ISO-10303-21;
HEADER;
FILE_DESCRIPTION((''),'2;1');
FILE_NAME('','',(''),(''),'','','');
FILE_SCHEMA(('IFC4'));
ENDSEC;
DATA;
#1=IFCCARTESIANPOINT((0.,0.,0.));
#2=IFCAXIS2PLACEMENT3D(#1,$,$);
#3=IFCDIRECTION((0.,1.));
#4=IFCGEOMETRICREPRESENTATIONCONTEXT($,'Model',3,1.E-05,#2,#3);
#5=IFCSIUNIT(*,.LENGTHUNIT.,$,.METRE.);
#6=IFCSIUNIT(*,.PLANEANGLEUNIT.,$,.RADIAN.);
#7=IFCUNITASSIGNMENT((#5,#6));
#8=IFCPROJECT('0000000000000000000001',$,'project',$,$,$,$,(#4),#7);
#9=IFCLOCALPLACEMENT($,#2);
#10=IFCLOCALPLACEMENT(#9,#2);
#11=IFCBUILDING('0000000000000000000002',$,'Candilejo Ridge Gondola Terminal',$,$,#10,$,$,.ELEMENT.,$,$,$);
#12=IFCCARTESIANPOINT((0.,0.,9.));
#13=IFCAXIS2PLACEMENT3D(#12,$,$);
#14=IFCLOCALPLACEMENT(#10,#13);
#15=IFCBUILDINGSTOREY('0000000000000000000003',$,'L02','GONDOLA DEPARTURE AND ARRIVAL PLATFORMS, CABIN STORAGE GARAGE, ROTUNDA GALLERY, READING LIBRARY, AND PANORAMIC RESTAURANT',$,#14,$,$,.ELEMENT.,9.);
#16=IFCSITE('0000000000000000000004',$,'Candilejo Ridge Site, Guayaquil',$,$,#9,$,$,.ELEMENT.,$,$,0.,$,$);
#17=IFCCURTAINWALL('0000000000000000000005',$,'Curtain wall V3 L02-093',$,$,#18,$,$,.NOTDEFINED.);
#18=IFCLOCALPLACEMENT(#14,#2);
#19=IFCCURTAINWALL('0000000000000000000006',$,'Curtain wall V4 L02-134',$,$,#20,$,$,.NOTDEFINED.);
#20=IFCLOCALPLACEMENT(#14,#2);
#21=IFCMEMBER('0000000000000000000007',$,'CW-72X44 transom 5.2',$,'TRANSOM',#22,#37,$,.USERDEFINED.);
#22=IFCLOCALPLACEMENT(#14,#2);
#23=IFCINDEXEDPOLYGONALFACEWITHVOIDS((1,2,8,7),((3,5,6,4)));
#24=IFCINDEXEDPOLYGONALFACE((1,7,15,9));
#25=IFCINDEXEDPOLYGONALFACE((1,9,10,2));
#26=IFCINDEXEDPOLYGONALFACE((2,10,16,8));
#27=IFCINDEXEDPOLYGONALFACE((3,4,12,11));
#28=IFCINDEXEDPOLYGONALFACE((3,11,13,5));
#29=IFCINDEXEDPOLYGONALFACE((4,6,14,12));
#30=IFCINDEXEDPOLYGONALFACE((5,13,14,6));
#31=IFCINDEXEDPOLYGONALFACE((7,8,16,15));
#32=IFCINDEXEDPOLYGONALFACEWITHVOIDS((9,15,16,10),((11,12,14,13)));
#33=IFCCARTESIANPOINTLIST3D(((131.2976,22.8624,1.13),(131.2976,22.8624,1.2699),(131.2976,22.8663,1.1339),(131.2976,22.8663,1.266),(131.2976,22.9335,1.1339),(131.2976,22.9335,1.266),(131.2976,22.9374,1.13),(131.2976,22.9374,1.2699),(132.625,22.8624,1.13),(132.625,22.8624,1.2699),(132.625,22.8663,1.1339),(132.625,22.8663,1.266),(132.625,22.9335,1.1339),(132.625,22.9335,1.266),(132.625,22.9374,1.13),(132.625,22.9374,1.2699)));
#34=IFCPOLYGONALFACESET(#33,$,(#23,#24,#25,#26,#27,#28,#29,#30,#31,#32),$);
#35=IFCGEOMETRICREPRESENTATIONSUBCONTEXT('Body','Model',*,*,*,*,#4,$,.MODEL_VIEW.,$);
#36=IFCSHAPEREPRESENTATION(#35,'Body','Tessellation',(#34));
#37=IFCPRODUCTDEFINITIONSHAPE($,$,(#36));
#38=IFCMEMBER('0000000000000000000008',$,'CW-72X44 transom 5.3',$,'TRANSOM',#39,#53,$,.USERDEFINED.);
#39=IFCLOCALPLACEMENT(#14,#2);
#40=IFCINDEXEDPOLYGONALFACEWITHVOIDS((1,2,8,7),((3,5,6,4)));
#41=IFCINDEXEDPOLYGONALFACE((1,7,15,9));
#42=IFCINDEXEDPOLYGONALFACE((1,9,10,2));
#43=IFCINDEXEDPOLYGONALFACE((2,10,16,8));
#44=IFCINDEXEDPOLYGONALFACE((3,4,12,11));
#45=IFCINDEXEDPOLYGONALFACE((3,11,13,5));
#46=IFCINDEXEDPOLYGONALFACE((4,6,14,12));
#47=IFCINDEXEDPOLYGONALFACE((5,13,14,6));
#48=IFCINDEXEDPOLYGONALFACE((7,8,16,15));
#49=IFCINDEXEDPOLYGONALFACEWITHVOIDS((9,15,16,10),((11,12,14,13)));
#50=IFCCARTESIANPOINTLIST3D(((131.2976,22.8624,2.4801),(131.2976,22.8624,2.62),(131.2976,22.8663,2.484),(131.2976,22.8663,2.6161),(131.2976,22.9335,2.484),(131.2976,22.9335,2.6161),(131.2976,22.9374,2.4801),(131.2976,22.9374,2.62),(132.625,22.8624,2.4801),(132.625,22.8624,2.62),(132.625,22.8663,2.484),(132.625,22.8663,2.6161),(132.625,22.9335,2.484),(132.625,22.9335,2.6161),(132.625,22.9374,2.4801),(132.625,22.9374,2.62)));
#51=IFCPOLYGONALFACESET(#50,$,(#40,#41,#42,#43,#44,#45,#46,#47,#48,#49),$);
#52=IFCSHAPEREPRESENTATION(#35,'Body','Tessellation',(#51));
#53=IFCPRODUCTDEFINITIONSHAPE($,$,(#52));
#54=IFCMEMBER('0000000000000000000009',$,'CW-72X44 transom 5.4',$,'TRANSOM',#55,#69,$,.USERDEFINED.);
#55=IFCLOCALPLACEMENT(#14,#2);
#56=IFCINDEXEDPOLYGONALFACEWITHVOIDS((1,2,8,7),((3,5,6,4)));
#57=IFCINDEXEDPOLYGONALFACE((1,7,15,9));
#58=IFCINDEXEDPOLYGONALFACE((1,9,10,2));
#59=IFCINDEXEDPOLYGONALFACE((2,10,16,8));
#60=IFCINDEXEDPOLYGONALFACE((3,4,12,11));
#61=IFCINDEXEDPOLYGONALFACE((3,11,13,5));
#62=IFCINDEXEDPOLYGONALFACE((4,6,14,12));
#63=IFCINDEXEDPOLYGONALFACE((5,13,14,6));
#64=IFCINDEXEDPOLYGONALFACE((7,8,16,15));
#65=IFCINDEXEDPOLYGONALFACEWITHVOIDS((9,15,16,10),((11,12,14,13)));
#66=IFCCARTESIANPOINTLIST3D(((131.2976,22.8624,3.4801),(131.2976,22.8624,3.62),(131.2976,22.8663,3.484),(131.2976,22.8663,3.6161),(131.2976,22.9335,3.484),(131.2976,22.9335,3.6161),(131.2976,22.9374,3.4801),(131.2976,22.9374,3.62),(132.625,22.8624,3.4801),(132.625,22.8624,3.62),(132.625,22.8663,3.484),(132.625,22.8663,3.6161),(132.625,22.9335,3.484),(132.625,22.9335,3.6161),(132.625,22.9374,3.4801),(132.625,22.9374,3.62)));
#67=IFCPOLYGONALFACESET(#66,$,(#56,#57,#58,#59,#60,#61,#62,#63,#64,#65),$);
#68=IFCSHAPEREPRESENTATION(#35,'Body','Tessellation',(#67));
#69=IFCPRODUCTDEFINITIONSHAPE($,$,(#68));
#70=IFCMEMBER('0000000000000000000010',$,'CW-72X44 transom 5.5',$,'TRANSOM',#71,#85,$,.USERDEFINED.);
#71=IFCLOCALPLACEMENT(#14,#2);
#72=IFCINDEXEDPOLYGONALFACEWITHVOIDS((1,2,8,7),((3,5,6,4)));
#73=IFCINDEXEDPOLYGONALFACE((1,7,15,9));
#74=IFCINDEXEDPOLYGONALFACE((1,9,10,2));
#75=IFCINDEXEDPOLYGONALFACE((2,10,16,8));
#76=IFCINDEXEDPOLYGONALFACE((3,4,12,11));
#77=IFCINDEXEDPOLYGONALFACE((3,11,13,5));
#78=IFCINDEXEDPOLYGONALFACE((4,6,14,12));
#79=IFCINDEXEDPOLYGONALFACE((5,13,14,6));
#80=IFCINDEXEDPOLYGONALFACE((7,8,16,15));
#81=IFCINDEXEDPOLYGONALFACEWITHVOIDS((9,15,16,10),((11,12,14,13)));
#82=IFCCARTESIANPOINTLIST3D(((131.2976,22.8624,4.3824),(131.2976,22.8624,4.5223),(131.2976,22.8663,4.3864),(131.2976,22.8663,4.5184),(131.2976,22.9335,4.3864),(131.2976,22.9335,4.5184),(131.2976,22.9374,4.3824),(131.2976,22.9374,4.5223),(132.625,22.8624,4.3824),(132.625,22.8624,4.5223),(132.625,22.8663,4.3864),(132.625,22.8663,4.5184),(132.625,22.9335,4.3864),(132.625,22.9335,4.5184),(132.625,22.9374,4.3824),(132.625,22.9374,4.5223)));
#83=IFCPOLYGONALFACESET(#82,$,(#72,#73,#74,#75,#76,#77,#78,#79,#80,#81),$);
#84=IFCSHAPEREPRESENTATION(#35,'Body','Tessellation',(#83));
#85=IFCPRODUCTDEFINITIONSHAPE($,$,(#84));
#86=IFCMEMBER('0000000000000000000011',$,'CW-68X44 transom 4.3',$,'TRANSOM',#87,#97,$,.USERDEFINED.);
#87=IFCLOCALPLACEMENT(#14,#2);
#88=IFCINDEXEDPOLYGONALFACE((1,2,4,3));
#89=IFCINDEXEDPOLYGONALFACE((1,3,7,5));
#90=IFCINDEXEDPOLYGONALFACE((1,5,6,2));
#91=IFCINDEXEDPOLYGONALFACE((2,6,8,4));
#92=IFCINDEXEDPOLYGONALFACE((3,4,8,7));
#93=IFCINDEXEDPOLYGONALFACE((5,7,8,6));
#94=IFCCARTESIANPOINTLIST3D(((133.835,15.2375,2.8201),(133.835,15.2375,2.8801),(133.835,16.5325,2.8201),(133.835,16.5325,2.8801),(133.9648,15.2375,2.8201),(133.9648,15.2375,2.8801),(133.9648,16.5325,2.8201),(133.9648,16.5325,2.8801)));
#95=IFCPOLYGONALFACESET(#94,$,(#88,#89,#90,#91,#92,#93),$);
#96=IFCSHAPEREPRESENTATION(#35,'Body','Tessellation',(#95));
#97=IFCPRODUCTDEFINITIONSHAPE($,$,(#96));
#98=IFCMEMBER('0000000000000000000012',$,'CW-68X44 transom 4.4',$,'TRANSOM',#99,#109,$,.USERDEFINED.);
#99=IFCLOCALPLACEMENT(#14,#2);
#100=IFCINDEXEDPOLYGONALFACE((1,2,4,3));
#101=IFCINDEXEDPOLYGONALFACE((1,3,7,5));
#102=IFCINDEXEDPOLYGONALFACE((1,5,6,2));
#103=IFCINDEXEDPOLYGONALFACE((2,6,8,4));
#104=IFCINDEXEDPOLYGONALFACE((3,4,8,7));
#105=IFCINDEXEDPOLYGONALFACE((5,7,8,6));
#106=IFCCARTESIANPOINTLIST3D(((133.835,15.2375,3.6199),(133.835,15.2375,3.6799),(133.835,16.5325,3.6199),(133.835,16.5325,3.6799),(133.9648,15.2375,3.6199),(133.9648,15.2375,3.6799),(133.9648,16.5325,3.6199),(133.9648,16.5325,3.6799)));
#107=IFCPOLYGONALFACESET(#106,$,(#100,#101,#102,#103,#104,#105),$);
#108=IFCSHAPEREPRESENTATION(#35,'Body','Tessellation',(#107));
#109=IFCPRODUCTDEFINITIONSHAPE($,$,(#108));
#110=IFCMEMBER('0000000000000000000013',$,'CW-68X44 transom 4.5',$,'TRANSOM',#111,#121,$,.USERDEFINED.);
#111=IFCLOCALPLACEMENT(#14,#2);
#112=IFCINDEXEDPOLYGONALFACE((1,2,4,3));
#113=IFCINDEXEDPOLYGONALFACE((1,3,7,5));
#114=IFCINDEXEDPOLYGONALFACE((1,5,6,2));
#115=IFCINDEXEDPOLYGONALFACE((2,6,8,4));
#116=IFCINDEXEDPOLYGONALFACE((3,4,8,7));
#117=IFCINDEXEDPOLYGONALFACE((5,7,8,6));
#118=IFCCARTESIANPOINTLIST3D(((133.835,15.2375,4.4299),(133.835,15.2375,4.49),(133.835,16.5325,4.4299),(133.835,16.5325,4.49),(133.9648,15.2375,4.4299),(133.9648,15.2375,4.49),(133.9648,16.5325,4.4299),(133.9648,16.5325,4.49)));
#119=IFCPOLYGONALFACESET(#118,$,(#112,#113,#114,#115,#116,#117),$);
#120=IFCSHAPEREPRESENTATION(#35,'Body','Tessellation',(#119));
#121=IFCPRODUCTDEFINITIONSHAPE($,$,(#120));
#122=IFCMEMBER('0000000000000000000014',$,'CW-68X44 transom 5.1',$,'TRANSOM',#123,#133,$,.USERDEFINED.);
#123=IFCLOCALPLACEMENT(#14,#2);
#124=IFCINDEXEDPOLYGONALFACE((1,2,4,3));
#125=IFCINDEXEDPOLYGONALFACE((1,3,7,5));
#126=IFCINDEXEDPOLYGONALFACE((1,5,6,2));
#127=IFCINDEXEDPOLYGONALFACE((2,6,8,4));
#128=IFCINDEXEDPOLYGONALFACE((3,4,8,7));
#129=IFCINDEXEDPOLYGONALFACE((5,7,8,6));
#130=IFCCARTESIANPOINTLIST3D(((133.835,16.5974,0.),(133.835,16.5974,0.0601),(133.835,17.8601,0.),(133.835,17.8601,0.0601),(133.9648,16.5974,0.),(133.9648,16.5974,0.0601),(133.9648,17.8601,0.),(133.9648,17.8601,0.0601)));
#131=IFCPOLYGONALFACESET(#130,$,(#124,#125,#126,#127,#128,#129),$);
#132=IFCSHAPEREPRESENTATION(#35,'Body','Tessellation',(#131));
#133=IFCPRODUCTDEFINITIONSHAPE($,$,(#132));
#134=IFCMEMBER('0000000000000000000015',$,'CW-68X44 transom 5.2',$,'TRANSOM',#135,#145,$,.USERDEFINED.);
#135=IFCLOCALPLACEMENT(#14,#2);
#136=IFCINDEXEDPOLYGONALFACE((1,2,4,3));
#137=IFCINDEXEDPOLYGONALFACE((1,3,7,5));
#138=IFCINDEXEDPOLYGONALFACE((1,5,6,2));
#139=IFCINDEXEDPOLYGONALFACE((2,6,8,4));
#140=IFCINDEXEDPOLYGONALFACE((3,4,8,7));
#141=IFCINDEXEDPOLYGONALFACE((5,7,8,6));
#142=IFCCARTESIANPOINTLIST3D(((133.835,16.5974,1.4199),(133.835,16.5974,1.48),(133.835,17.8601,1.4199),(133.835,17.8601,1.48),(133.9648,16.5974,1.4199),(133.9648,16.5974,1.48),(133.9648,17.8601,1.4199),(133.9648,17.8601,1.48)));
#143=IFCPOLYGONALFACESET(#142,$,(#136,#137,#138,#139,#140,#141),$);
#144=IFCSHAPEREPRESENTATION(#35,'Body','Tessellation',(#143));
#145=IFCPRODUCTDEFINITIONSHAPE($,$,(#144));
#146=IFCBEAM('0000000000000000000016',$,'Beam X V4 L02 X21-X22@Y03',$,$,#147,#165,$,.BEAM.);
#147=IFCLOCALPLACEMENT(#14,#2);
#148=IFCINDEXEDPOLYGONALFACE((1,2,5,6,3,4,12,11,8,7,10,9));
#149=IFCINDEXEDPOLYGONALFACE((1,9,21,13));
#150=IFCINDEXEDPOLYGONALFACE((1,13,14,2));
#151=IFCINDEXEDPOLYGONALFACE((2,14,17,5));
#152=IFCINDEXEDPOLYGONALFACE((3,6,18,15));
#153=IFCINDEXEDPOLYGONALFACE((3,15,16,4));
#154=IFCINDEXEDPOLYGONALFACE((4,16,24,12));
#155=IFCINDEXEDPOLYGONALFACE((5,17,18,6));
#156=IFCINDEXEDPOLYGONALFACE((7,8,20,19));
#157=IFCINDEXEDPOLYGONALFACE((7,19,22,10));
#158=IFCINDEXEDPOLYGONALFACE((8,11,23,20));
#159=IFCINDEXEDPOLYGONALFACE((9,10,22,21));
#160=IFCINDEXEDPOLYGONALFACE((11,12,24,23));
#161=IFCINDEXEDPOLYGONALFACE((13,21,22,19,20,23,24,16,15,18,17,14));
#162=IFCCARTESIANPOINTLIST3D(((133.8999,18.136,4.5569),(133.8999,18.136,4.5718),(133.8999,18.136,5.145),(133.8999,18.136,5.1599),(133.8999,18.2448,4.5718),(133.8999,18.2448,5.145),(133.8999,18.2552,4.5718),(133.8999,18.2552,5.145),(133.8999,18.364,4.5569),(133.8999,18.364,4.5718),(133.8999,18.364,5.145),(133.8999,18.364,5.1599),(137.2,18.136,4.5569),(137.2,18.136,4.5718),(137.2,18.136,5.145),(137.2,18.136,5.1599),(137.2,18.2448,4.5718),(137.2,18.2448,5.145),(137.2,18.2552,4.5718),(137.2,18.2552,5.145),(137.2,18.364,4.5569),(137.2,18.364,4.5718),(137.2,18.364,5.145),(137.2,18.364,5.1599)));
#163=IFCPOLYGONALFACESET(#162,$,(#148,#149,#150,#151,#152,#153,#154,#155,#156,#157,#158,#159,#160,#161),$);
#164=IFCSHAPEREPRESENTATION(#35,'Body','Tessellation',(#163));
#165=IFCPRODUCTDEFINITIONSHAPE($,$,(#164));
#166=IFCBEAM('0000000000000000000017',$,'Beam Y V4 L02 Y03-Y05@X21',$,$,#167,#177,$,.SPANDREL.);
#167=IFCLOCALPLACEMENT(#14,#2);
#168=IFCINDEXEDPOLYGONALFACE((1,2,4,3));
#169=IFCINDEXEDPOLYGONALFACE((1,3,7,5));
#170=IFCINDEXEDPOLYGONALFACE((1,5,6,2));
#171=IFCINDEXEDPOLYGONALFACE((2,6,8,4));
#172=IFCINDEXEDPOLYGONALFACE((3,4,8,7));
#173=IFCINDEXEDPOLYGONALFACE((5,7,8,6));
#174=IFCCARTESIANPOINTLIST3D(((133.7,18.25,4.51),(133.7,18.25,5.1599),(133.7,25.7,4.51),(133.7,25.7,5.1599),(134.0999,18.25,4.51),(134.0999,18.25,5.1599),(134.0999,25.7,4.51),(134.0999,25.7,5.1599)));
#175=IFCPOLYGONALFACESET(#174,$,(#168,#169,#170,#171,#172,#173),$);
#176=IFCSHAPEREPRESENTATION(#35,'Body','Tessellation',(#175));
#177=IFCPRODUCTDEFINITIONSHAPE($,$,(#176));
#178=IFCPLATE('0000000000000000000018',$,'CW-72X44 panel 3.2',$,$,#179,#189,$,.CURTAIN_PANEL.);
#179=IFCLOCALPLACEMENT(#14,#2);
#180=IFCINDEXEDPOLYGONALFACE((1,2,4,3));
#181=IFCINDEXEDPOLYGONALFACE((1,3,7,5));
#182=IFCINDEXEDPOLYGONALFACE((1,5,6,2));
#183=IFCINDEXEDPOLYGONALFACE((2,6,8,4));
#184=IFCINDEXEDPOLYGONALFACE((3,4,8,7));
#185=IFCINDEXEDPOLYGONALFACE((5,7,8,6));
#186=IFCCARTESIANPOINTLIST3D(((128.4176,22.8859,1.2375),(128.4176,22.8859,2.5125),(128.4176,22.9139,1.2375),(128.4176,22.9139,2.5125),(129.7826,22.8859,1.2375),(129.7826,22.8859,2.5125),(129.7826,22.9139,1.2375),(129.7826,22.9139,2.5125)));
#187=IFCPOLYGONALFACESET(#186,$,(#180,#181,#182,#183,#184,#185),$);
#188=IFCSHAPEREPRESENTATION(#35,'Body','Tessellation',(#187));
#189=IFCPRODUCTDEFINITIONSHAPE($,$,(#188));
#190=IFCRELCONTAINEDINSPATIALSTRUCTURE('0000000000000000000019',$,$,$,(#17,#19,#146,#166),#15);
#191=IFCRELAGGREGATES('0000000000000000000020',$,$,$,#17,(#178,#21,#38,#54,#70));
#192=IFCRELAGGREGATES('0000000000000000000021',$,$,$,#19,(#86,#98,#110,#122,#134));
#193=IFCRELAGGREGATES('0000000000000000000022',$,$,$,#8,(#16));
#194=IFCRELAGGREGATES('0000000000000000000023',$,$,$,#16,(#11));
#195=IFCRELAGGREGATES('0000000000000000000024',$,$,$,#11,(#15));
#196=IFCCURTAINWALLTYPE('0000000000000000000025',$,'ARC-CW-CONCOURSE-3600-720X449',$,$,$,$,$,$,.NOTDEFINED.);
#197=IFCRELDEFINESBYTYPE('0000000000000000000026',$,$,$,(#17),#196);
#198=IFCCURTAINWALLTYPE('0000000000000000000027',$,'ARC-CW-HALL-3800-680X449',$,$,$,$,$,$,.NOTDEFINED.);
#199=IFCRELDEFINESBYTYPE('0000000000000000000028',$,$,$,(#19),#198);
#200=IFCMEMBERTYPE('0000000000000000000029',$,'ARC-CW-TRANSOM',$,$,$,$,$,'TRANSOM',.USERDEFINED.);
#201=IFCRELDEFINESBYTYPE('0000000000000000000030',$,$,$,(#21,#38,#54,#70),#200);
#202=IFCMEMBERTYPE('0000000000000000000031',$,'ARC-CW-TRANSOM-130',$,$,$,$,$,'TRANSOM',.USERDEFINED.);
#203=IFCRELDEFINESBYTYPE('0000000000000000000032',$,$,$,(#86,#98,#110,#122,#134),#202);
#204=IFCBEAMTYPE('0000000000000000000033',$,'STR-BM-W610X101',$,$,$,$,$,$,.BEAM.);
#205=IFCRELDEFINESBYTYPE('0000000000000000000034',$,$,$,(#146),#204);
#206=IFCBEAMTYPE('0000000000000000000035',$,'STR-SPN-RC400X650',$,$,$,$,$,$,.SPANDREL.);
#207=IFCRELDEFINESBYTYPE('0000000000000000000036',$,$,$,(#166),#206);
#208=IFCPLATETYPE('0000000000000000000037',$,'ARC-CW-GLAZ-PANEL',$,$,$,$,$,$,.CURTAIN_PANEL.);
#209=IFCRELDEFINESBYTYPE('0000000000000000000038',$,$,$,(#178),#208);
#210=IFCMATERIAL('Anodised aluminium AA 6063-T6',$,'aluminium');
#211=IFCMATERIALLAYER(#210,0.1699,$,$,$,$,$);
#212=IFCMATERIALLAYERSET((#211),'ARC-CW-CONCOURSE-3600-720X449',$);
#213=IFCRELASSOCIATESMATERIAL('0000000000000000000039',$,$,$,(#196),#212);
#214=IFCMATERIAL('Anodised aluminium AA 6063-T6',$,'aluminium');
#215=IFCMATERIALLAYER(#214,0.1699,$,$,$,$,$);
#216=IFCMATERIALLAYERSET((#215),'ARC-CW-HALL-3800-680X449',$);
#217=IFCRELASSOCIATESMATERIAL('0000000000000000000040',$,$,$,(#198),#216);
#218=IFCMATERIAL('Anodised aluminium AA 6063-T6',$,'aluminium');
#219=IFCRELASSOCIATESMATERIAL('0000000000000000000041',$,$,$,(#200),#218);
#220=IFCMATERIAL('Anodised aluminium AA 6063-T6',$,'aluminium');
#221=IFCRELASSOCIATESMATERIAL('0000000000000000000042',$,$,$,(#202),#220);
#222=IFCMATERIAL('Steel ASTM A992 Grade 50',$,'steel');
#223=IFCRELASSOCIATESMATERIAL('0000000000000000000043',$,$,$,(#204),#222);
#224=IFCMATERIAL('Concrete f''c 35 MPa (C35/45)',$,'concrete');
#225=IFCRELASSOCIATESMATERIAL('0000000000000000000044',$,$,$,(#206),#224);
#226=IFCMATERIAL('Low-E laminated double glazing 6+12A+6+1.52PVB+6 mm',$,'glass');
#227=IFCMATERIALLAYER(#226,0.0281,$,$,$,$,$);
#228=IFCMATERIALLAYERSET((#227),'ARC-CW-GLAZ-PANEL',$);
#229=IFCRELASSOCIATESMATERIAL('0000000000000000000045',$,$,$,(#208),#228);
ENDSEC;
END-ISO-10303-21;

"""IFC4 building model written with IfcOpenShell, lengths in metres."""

from ifc_helpers import new_model, si_unit, direction, frame, origin, origin_2d, place, context, subcontext, project, spatial, rectangle, hollow_rectangle, i_section, extrude, material, layer, layer_set, material_profile, profile_set, type_object, element, aggregate, save


model = new_model("IFC4")

# Units and contexts
model_context = context("Model", 3, precision=1e-05, world=origin(), true_north=direction((0.0, 1.0)))
body_context = subcontext(model_context, "Body", "Model", "MODEL_VIEW")
ifc_project = project(units=[si_unit("LENGTHUNIT", "METRE"), si_unit("PLANEANGLEUNIT", "RADIAN")], contexts=[model_context])

# Site, building, storey
site_placement = place(None, origin())
site = spatial("IfcSite", under=ifc_project, at=site_placement, Name="Candilejo Ridge Site, Guayaquil", CompositionType="ELEMENT", RefElevation=0.0)
building_placement = place(site_placement, origin())
building = spatial("IfcBuilding", under=site, at=building_placement, Name="Candilejo Ridge Gondola Terminal", CompositionType="ELEMENT")
storey_placement = place(building_placement, frame((0.0, 0.0, 9.0)))
storey = spatial("IfcBuildingStorey", under=building, at=storey_placement, Name="L02", Description="GONDOLA DEPARTURE AND ARRIVAL PLATFORMS, CABIN STORAGE GARAGE, ROTUNDA GALLERY, READING LIBRARY, AND PANORAMIC RESTAURANT", CompositionType="ELEMENT", Elevation=9.0)

# Curtain walls
ifc_material_1 = material(Name="Anodised aluminium AA 6063-T6", Category="aluminium")
ifc_layer_1 = layer(ifc_material_1, 0.1699)
ifc_layer_set_1 = layer_set([ifc_layer_1], Name="ARC-CW-CONCOURSE-3600-720X449")
curtain_wall_type_1 = type_object("IfcCurtainWallType", Name="ARC-CW-CONCOURSE-3600-720X449", PredefinedType="NOTDEFINED", material=ifc_layer_set_1)
curtain_wall_1_placement = place(storey_placement, origin())
curtain_wall_1 = element("IfcCurtainWall", 1, at=curtain_wall_1_placement, inside=storey, type_object=curtain_wall_type_1, Name="Curtain wall V3 L02-093", PredefinedType="NOTDEFINED")
ifc_material_2 = material(Name="Anodised aluminium AA 6063-T6", Category="aluminium")
ifc_layer_2 = layer(ifc_material_2, 0.1699)
ifc_layer_set_2 = layer_set([ifc_layer_2], Name="ARC-CW-HALL-3800-680X449")
curtain_wall_type_2 = type_object("IfcCurtainWallType", Name="ARC-CW-HALL-3800-680X449", PredefinedType="NOTDEFINED", material=ifc_layer_set_2)
curtain_wall_2_placement = place(storey_placement, origin())
curtain_wall_2 = element("IfcCurtainWall", 2, at=curtain_wall_2_placement, inside=storey, type_object=curtain_wall_type_2, Name="Curtain wall V4 L02-134", PredefinedType="NOTDEFINED")

# Members
ifc_material_3 = material(Name="Anodised aluminium AA 6063-T6", Category="aluminium")
ifc_material_profile_1 = material_profile(ifc_material_3, hollow_rectangle(XDim=0.075, YDim=0.1399, WallThickness=0.0039, at=origin_2d()))
ifc_profile_set_1 = profile_set([ifc_material_profile_1], Name="Anodised aluminium AA 6063-T6")
member_type_1 = type_object("IfcMemberType", Name="ARC-CW-TRANSOM", ElementType="TRANSOM", PredefinedType="USERDEFINED", material=ifc_profile_set_1)
member_1_placement = place(storey_placement, frame((131.2976, 22.8999, 1.2), z_axis=(1.0, 0.0, 0.0), x_axis=(0.0, 1.0, 0.0)))
member_1 = element("IfcMember", 3, at=member_1_placement, type_object=member_type_1, Name="CW-72X44 transom 5.2", ObjectType="TRANSOM", PredefinedType="USERDEFINED", context=body_context, shape_type="SweptSolid", body=[
    extrude(hollow_rectangle(XDim=0.075, YDim=0.1399, WallThickness=0.0039, at=origin_2d()), origin(), (0.0, 0.0, 1.0), 1.3274),
])
member_2_placement = place(storey_placement, frame((131.2976, 22.8999, 2.55), z_axis=(1.0, 0.0, 0.0), x_axis=(0.0, 1.0, 0.0)))
member_2 = element("IfcMember", 4, at=member_2_placement, type_object=member_type_1, Name="CW-72X44 transom 5.3", ObjectType="TRANSOM", PredefinedType="USERDEFINED", context=body_context, shape_type="SweptSolid", body=[
    extrude(hollow_rectangle(XDim=0.075, YDim=0.1399, WallThickness=0.0039, at=origin_2d()), origin(), (0.0, 0.0, 1.0), 1.3274),
])
member_3_placement = place(storey_placement, frame((131.2976, 22.8999, 3.55), z_axis=(1.0, 0.0, 0.0), x_axis=(0.0, 1.0, 0.0)))
member_3 = element("IfcMember", 5, at=member_3_placement, type_object=member_type_1, Name="CW-72X44 transom 5.4", ObjectType="TRANSOM", PredefinedType="USERDEFINED", context=body_context, shape_type="SweptSolid", body=[
    extrude(hollow_rectangle(XDim=0.075, YDim=0.1399, WallThickness=0.0039, at=origin_2d()), origin(), (0.0, 0.0, 1.0), 1.3274),
])
member_4_placement = place(storey_placement, frame((131.2976, 22.8999, 4.4524), z_axis=(1.0, 0.0, 0.0), x_axis=(0.0, 1.0, 0.0)))
member_4 = element("IfcMember", 6, at=member_4_placement, type_object=member_type_1, Name="CW-72X44 transom 5.5", ObjectType="TRANSOM", PredefinedType="USERDEFINED", context=body_context, shape_type="SweptSolid", body=[
    extrude(hollow_rectangle(XDim=0.075, YDim=0.1399, WallThickness=0.0039, at=origin_2d()), origin(), (0.0, 0.0, 1.0), 1.3274),
])
ifc_material_4 = material(Name="Anodised aluminium AA 6063-T6", Category="aluminium")
ifc_material_profile_2 = material_profile(ifc_material_4, rectangle(XDim=0.1299, YDim=0.0601, at=origin_2d()))
ifc_profile_set_2 = profile_set([ifc_material_profile_2], Name="Anodised aluminium AA 6063-T6")
member_type_2 = type_object("IfcMemberType", Name="ARC-CW-TRANSOM-130", ElementType="TRANSOM", PredefinedType="USERDEFINED", material=ifc_profile_set_2)
member_5_placement = place(storey_placement, frame((133.8999, 15.2375, 2.8501), z_axis=(0.0, 1.0, 0.0), x_axis=(-1.0, 0.0, 0.0)))
member_5 = element("IfcMember", 7, at=member_5_placement, type_object=member_type_2, Name="CW-68X44 transom 4.3", ObjectType="TRANSOM", PredefinedType="USERDEFINED", context=body_context, shape_type="SweptSolid", body=[
    extrude(rectangle(XDim=0.1299, YDim=0.0601, at=origin_2d()), origin(), (0.0, 0.0, 1.0), 1.2949),
])
member_6_placement = place(storey_placement, frame((133.8999, 15.2375, 3.6499), z_axis=(0.0, 1.0, 0.0), x_axis=(-1.0, 0.0, 0.0)))
member_6 = element("IfcMember", 8, at=member_6_placement, type_object=member_type_2, Name="CW-68X44 transom 4.4", ObjectType="TRANSOM", PredefinedType="USERDEFINED", context=body_context, shape_type="SweptSolid", body=[
    extrude(rectangle(XDim=0.1299, YDim=0.0601, at=origin_2d()), origin(), (0.0, 0.0, 1.0), 1.2949),
])
member_7_placement = place(storey_placement, frame((133.8999, 15.2375, 4.46), z_axis=(0.0, 1.0, 0.0), x_axis=(-1.0, 0.0, 0.0)))
member_7 = element("IfcMember", 9, at=member_7_placement, type_object=member_type_2, Name="CW-68X44 transom 4.5", ObjectType="TRANSOM", PredefinedType="USERDEFINED", context=body_context, shape_type="SweptSolid", body=[
    extrude(rectangle(XDim=0.1299, YDim=0.0601, at=origin_2d()), origin(), (0.0, 0.0, 1.0), 1.2949),
])
member_8_placement = place(storey_placement, frame((133.8999, 16.5974, 0.03), z_axis=(0.0, 1.0, 0.0), x_axis=(-1.0, 0.0, 0.0)))
member_8 = element("IfcMember", 10, at=member_8_placement, type_object=member_type_2, Name="CW-68X44 transom 5.1", ObjectType="TRANSOM", PredefinedType="USERDEFINED", context=body_context, shape_type="SweptSolid", body=[
    extrude(rectangle(XDim=0.1299, YDim=0.0601, at=origin_2d()), origin(), (0.0, 0.0, 1.0), 1.2627),
])
member_9_placement = place(storey_placement, frame((133.8999, 16.5974, 1.45), z_axis=(0.0, 1.0, 0.0), x_axis=(-1.0, 0.0, 0.0)))
member_9 = element("IfcMember", 11, at=member_9_placement, type_object=member_type_2, Name="CW-68X44 transom 5.2", ObjectType="TRANSOM", PredefinedType="USERDEFINED", context=body_context, shape_type="SweptSolid", body=[
    extrude(rectangle(XDim=0.1299, YDim=0.0601, at=origin_2d()), origin(), (0.0, 0.0, 1.0), 1.2627),
])

# Beams
ifc_material_5 = material(Name="Steel ASTM A992 Grade 50", Category="steel")
ifc_material_profile_3 = material_profile(ifc_material_5, i_section(OverallWidth=0.228, OverallDepth=0.603, WebThickness=0.0105, FlangeThickness=0.0149, at=origin_2d()))
ifc_profile_set_3 = profile_set([ifc_material_profile_3], Name="Steel ASTM A992 Grade 50")
beam_type_1 = type_object("IfcBeamType", Name="STR-BM-W610X101", PredefinedType="BEAM", material=ifc_profile_set_3)
beam_1_placement = place(storey_placement, frame((133.8999, 18.25, 4.8584), z_axis=(1.0, 0.0, 0.0), x_axis=(0.0, 1.0, 0.0)))
element("IfcBeam", 12, at=beam_1_placement, inside=storey, type_object=beam_type_1, Name="Beam X V4 L02 X21-X22@Y03", PredefinedType="BEAM", context=body_context, shape_type="SweptSolid", body=[
    extrude(i_section(OverallWidth=0.228, OverallDepth=0.603, WebThickness=0.0105, FlangeThickness=0.0149, at=origin_2d()), origin(), (0.0, 0.0, 1.0), 3.3),
])
ifc_material_6 = material(Name="Concrete f'c 35 MPa (C35/45)", Category="concrete")
ifc_material_profile_4 = material_profile(ifc_material_6, rectangle(XDim=0.3999, YDim=0.6499, at=origin_2d()))
ifc_profile_set_4 = profile_set([ifc_material_profile_4], Name="Concrete f'c 35 MPa (C35/45)")
beam_type_2 = type_object("IfcBeamType", Name="STR-SPN-RC400X650", PredefinedType="SPANDREL", material=ifc_profile_set_4)
beam_2_placement = place(storey_placement, frame((133.8999, 18.25, 4.835), z_axis=(0.0, 1.0, 0.0), x_axis=(-1.0, 0.0, 0.0)))
element("IfcBeam", 13, at=beam_2_placement, inside=storey, type_object=beam_type_2, Name="Beam Y V4 L02 Y03-Y05@X21", PredefinedType="SPANDREL", context=body_context, shape_type="SweptSolid", body=[
    extrude(rectangle(XDim=0.3999, YDim=0.6499, at=origin_2d()), origin(), (0.0, 0.0, 1.0), 7.45),
])

# Plate
ifc_material_7 = material(Name="Low-E laminated double glazing 6+12A+6+1.52PVB+6 mm", Category="glass")
ifc_layer_3 = layer(ifc_material_7, 0.0281)
ifc_layer_set_3 = layer_set([ifc_layer_3], Name="ARC-CW-GLAZ-PANEL")
plate_type = type_object("IfcPlateType", Name="ARC-CW-GLAZ-PANEL", PredefinedType="CURTAIN_PANEL", material=ifc_layer_set_3)
plate_1_placement = place(storey_placement, frame((129.1001, 22.8999, 1.2375), z_axis=(0.0, 0.0, 1.0), x_axis=(1.0, 0.0, 0.0)))
plate_1 = element("IfcPlate", 14, at=plate_1_placement, type_object=plate_type, Name="CW-72X44 panel 3.2", PredefinedType="CURTAIN_PANEL", context=body_context, shape_type="SweptSolid", body=[
    extrude(rectangle(XDim=1.365, YDim=0.0281, at=origin_2d()), origin(), (0.0, 0.0, 1.0), 1.2749),
])
aggregate(curtain_wall_1, [plate_1, member_1, member_2, member_3, member_4])
aggregate(curtain_wall_2, [member_5, member_6, member_7, member_8, member_9])

save(model, "model.ifc")
